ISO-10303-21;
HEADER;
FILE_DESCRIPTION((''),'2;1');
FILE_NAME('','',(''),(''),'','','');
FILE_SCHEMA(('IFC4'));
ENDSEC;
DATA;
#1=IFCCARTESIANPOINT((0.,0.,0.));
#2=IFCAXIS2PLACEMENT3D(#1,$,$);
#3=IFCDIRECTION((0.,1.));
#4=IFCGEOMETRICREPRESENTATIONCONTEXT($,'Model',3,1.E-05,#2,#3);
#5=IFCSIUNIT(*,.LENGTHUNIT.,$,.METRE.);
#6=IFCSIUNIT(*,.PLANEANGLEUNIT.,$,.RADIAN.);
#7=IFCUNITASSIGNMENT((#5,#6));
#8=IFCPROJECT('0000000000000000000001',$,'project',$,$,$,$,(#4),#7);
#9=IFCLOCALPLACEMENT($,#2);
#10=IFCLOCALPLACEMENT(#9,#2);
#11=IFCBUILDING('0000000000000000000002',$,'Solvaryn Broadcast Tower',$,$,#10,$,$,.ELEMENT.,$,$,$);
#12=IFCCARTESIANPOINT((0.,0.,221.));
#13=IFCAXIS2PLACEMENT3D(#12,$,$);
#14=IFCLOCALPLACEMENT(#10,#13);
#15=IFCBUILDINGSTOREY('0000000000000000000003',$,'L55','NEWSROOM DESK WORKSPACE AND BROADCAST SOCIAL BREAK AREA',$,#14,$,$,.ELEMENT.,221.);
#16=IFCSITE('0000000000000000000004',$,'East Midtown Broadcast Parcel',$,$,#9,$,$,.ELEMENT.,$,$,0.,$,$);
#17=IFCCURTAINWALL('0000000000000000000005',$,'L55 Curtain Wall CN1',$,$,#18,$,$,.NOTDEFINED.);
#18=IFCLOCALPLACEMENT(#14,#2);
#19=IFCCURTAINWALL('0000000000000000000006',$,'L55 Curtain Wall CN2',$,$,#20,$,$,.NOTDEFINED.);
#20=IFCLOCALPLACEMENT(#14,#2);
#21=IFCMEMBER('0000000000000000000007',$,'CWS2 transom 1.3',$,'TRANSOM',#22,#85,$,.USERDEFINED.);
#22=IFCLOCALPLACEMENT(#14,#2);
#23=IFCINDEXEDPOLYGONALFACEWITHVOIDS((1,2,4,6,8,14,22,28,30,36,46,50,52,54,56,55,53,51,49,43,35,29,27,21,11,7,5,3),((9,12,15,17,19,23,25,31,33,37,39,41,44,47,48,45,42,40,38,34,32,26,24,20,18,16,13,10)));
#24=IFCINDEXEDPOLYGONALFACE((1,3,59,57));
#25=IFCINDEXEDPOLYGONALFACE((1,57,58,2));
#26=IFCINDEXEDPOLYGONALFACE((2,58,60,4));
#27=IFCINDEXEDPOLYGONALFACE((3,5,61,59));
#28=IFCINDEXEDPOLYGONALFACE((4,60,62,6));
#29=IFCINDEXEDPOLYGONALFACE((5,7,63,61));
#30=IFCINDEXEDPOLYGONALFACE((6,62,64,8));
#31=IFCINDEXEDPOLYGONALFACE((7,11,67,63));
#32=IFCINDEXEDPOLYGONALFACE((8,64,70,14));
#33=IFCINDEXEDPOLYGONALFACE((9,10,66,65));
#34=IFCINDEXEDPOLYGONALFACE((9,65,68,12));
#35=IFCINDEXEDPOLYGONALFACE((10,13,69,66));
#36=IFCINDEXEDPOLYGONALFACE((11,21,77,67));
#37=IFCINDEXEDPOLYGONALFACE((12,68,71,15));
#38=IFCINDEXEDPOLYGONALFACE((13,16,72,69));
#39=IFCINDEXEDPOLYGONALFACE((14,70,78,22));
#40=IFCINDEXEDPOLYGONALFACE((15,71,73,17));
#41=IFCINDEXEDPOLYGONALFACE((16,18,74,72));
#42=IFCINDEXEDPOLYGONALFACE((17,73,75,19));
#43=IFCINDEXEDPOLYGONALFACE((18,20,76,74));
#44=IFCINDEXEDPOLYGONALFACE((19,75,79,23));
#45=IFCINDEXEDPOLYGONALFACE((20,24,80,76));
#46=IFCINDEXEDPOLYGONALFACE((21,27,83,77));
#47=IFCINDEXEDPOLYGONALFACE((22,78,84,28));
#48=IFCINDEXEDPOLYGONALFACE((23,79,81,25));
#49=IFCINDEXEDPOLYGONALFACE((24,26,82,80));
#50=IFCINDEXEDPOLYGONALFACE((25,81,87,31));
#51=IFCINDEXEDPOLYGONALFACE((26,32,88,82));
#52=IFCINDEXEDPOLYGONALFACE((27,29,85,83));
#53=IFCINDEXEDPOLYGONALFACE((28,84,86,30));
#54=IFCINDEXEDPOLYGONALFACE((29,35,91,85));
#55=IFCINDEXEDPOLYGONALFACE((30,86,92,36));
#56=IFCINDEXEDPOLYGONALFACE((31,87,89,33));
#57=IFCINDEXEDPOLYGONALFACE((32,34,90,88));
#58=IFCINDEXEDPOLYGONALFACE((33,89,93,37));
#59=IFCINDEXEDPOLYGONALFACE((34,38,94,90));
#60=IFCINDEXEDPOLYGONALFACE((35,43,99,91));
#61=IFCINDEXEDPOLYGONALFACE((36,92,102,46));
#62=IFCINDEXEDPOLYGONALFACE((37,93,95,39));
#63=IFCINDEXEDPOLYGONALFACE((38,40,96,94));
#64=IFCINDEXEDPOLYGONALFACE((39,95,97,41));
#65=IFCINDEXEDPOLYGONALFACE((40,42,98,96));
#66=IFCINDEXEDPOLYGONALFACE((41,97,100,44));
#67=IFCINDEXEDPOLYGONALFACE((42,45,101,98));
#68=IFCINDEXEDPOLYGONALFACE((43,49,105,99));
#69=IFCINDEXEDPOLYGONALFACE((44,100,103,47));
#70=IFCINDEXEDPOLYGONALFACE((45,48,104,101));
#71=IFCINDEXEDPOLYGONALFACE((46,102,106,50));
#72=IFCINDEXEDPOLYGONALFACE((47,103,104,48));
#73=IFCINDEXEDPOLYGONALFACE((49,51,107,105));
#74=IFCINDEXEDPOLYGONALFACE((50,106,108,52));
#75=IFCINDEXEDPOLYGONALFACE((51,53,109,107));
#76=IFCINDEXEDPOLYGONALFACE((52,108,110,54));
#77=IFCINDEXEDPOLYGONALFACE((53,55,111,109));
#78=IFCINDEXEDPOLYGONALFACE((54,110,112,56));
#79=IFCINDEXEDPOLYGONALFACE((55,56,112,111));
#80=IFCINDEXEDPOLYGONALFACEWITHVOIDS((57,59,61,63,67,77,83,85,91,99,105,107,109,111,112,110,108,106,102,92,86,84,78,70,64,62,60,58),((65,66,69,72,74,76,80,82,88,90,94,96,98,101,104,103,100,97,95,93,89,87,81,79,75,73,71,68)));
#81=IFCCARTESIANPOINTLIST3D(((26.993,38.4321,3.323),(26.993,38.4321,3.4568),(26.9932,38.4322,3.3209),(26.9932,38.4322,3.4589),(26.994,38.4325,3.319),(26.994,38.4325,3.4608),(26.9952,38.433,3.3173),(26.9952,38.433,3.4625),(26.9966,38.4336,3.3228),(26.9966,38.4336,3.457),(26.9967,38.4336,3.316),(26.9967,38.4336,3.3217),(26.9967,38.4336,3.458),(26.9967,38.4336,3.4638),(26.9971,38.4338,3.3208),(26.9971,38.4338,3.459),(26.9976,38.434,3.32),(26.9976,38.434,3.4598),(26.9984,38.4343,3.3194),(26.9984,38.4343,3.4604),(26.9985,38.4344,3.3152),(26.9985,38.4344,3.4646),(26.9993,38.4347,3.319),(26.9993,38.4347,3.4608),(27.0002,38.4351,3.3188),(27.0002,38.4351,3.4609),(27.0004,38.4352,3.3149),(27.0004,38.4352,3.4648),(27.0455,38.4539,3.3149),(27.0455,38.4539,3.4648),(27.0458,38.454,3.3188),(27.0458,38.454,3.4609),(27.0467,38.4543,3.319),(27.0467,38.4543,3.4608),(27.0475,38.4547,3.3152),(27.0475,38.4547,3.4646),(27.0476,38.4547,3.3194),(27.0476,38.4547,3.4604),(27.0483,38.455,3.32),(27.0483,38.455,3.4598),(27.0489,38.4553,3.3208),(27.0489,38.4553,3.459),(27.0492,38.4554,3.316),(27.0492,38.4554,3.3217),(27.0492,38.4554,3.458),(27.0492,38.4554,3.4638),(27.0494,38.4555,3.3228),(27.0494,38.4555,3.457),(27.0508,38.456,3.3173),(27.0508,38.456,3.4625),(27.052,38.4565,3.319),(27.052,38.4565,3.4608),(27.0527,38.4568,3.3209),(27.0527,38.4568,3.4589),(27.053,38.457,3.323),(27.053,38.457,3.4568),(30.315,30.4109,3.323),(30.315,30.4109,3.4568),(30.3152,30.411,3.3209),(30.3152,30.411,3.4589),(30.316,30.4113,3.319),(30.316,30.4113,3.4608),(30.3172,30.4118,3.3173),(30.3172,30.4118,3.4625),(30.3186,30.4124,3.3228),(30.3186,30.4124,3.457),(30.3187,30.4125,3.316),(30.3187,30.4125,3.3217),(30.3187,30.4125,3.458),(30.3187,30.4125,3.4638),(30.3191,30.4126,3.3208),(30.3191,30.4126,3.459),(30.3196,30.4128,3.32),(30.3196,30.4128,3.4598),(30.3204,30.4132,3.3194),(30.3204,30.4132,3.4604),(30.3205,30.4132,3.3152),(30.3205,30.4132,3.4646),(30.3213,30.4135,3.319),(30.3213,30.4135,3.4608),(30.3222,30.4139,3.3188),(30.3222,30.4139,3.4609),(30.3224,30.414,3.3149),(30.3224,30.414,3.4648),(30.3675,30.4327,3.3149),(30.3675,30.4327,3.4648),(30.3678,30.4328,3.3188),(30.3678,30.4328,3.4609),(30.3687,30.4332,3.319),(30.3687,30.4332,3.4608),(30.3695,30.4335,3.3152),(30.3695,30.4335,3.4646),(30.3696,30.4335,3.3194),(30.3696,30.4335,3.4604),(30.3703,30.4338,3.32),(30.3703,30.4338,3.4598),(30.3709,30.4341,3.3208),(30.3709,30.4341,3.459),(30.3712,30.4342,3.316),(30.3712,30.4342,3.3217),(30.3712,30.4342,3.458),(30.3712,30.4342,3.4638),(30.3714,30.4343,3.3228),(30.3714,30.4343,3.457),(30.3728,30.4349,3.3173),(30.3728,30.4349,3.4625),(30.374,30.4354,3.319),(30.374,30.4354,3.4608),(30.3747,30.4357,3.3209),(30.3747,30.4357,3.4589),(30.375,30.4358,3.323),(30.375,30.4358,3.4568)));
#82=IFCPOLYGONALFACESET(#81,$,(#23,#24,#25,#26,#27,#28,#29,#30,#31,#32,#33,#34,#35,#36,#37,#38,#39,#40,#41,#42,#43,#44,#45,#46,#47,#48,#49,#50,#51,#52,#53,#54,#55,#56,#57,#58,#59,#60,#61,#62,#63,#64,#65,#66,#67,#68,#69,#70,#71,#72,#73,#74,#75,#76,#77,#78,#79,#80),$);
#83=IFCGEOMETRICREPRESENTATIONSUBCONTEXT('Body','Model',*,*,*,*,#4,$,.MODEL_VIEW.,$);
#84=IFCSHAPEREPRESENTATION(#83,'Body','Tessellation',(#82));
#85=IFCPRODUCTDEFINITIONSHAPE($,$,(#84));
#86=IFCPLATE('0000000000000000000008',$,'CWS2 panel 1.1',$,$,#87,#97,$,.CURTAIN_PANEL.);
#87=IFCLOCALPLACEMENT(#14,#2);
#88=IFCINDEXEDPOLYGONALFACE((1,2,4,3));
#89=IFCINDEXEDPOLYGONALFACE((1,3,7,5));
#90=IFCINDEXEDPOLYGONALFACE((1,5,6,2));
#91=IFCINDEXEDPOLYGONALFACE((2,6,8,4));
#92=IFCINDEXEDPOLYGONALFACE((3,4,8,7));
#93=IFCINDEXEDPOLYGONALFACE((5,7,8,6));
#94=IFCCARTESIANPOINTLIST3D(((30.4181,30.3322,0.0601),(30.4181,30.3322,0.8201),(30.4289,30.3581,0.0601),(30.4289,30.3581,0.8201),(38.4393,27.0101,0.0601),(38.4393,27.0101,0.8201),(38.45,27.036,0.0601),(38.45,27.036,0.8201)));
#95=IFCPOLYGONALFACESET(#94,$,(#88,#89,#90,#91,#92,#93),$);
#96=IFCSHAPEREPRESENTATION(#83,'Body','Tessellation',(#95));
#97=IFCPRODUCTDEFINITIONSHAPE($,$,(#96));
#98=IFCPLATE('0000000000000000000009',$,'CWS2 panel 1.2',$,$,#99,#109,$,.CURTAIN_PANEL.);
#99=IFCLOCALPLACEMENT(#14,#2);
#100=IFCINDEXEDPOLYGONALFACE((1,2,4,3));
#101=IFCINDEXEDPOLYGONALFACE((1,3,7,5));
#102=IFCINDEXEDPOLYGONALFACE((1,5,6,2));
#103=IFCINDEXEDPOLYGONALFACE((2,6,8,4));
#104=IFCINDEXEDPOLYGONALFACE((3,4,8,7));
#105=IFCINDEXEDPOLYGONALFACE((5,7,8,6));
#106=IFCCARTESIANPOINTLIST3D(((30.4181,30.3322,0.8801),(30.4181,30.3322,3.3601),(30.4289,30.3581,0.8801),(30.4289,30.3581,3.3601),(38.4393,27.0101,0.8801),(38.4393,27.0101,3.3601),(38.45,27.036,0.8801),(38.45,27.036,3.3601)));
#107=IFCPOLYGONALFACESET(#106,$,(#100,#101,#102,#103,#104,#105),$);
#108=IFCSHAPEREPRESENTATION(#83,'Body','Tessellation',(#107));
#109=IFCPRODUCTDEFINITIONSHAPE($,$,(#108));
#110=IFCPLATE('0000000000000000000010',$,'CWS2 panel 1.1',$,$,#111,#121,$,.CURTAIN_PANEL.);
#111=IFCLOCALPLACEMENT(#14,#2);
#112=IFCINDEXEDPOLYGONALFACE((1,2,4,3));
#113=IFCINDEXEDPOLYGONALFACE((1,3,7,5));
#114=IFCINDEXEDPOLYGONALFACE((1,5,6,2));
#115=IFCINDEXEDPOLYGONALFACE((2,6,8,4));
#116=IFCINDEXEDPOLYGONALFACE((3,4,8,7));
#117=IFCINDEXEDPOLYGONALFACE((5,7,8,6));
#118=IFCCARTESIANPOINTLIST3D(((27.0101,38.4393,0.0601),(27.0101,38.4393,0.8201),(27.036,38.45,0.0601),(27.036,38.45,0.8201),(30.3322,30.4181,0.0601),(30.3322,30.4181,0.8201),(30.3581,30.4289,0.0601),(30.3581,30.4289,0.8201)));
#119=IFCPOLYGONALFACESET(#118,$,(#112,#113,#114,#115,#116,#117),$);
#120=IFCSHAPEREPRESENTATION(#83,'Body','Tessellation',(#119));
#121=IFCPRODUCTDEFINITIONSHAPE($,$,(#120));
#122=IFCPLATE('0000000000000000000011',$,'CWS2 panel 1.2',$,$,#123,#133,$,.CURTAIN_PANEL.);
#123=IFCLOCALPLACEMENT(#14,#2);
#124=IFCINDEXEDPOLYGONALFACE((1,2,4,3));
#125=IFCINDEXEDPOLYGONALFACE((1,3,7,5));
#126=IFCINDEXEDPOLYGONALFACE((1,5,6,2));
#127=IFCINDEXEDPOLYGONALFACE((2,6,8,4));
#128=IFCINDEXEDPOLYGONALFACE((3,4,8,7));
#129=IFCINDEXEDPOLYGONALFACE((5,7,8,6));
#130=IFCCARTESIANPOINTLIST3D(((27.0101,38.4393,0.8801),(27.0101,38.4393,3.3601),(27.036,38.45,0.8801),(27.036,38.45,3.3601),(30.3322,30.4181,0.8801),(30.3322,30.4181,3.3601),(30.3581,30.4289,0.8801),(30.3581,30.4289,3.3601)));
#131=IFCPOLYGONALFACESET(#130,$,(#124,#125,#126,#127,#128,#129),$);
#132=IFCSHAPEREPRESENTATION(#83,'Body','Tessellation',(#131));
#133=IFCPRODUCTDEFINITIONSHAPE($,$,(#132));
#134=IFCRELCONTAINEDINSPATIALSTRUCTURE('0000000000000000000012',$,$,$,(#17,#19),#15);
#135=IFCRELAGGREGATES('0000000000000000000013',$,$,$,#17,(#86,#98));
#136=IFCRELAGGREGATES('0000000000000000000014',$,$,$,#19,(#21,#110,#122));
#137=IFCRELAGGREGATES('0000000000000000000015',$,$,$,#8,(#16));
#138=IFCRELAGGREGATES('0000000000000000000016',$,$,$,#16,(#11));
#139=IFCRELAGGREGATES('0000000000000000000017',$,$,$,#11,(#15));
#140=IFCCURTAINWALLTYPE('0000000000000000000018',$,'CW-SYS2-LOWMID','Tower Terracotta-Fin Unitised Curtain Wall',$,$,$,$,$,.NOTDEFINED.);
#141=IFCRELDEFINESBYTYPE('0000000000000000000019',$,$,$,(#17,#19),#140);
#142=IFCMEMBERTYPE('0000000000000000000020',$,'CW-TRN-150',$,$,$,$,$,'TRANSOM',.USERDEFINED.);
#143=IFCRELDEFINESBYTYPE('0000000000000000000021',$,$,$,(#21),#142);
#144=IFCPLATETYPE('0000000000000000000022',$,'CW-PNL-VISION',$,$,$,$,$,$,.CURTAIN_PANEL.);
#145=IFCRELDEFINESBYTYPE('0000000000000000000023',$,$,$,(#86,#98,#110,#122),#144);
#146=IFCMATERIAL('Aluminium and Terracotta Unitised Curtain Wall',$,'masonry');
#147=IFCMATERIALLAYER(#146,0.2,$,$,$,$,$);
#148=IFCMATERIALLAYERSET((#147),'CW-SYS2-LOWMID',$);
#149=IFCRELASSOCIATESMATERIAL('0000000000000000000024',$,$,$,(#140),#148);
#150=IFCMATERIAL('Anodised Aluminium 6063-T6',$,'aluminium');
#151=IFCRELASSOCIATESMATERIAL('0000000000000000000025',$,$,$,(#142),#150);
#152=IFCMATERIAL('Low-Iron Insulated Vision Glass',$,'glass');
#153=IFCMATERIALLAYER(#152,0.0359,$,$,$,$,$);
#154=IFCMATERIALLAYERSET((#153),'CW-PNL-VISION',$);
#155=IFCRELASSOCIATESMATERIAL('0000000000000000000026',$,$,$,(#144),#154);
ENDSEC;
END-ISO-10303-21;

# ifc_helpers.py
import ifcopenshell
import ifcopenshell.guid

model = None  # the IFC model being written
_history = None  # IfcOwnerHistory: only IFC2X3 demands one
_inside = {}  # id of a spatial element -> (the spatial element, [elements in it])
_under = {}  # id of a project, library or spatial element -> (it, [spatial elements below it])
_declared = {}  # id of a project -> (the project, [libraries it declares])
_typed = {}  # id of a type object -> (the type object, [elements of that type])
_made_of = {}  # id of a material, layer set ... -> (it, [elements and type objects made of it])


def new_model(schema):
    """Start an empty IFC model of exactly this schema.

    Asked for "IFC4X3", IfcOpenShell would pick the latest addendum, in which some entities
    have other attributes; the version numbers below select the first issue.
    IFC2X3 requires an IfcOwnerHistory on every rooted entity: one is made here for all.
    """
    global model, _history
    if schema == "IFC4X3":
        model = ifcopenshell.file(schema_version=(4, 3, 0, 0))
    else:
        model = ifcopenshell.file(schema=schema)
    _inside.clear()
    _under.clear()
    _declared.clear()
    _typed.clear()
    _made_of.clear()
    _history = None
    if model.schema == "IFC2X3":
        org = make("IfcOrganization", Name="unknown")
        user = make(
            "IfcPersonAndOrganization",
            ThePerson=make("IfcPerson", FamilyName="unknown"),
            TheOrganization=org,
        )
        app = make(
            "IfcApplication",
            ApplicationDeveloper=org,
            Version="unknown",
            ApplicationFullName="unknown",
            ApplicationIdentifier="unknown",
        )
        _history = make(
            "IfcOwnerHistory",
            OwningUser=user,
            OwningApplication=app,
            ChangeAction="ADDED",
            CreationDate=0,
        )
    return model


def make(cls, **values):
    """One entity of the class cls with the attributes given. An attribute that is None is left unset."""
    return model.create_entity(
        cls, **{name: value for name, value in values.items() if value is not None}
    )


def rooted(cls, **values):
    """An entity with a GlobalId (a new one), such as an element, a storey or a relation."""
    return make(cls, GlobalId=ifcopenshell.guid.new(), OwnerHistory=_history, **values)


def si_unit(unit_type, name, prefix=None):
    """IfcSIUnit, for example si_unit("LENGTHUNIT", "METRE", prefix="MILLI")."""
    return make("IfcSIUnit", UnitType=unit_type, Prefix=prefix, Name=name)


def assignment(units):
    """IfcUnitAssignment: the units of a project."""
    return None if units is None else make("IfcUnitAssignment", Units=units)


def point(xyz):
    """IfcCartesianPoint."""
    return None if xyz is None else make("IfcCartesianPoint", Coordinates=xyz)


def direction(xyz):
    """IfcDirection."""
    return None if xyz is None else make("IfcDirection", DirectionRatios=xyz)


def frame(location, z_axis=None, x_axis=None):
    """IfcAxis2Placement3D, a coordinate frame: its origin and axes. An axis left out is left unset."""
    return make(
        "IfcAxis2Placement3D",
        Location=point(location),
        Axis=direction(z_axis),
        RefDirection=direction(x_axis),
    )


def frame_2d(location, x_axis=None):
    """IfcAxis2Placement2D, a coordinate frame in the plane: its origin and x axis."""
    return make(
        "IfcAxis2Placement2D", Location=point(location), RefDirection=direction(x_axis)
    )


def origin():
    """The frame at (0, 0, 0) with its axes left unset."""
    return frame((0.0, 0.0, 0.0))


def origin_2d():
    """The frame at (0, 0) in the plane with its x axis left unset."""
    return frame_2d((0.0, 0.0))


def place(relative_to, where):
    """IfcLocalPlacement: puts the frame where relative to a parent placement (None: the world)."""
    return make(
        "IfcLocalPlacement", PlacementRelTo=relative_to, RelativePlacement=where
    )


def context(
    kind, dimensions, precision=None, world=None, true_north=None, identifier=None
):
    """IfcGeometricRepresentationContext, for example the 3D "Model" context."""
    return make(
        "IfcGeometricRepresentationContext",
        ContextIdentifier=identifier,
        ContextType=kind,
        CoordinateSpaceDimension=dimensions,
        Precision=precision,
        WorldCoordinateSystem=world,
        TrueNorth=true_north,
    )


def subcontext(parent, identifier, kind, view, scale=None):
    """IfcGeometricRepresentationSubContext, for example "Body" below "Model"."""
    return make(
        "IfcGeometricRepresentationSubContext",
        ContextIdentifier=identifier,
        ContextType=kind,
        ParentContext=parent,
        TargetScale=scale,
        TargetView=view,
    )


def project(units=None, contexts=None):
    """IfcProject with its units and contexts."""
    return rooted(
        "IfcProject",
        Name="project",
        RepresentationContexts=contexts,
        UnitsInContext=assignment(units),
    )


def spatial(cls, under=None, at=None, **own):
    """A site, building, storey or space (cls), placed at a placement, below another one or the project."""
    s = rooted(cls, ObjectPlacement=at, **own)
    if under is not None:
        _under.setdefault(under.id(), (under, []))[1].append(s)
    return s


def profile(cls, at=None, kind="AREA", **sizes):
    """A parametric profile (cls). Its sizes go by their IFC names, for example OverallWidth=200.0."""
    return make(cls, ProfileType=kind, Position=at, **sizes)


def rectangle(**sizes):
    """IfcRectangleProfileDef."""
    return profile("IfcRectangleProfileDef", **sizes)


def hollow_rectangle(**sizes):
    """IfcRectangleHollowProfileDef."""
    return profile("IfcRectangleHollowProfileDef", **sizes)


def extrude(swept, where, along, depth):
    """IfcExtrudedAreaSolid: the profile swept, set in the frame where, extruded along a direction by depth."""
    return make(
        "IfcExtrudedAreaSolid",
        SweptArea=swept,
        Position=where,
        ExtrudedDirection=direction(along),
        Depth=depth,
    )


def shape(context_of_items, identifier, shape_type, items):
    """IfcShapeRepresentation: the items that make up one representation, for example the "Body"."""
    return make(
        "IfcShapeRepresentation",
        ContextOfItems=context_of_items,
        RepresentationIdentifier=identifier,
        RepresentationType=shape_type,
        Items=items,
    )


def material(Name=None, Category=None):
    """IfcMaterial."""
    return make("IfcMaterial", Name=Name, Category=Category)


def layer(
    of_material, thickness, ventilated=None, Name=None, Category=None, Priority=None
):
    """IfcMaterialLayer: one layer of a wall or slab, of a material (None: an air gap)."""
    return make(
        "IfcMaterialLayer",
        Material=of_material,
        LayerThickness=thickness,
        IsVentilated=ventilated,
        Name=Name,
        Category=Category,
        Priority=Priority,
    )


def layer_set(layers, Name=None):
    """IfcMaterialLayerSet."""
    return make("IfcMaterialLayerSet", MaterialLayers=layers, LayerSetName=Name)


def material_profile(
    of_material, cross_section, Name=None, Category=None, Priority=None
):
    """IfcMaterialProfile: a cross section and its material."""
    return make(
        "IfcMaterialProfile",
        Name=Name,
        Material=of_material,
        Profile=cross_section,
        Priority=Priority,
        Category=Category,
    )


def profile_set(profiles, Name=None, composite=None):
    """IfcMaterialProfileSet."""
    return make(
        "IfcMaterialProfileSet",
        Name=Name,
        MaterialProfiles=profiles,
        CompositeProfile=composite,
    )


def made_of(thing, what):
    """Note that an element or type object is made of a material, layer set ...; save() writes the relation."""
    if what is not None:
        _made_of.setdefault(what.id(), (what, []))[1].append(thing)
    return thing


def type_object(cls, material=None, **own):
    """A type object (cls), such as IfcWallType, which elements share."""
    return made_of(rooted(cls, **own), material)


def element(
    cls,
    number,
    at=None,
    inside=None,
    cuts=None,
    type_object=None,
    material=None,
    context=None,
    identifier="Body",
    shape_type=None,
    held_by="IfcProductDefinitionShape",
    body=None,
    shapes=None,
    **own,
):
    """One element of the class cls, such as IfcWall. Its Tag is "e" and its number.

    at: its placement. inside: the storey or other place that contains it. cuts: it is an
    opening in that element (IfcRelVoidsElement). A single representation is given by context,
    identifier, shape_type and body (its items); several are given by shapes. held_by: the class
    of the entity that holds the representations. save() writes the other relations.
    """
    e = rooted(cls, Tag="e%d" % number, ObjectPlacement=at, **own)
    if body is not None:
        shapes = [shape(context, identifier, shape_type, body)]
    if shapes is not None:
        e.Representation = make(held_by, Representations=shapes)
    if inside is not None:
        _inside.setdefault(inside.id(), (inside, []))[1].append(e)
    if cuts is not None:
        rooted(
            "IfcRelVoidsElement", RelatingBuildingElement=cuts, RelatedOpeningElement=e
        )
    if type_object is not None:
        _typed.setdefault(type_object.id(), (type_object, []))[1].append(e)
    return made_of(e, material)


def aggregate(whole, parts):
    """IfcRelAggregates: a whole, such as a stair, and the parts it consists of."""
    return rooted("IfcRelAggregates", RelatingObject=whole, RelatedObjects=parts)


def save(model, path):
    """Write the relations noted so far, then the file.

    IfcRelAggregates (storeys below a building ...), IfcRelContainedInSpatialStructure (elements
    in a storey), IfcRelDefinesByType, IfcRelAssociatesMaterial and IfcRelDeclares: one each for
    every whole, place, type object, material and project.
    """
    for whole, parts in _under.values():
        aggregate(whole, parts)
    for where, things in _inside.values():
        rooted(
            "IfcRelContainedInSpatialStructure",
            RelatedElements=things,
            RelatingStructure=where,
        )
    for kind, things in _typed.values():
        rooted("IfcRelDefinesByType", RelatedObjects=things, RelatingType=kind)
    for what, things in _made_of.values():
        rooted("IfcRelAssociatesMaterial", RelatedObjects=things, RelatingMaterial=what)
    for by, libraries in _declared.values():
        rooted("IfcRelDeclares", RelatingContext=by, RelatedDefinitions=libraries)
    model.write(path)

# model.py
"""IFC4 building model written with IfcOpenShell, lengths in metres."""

from ifc_helpers import new_model, si_unit, direction, frame, origin, origin_2d, place, context, subcontext, project, spatial, rectangle, hollow_rectangle, extrude, material, layer, layer_set, material_profile, profile_set, type_object, element, aggregate, save


model = new_model("IFC4")

# Units and contexts
model_context = context("Model", 3, precision=1e-05, world=origin(), true_north=direction((0.0, 1.0)))
body_context = subcontext(model_context, "Body", "Model", "MODEL_VIEW")
ifc_project = project(units=[si_unit("LENGTHUNIT", "METRE"), si_unit("PLANEANGLEUNIT", "RADIAN")], contexts=[model_context])

# Site, building, storey
site_placement = place(None, origin())
site = spatial("IfcSite", under=ifc_project, at=site_placement, Name="East Midtown Broadcast Parcel", CompositionType="ELEMENT", RefElevation=0.0)
building_placement = place(site_placement, origin())
building = spatial("IfcBuilding", under=site, at=building_placement, Name="Solvaryn Broadcast Tower", CompositionType="ELEMENT")
storey_placement = place(building_placement, frame((0.0, 0.0, 221.0)))
storey = spatial("IfcBuildingStorey", under=building, at=storey_placement, Name="L55", Description="NEWSROOM DESK WORKSPACE AND BROADCAST SOCIAL BREAK AREA", CompositionType="ELEMENT", Elevation=221.0)

# Curtain wall
ifc_material_1 = material(Name="Aluminium and Terracotta Unitised Curtain Wall", Category="masonry")
ifc_layer_1 = layer(ifc_material_1, 0.2)
ifc_layer_set_1 = layer_set([ifc_layer_1], Name="CW-SYS2-LOWMID")
curtain_wall_type = type_object("IfcCurtainWallType", Name="CW-SYS2-LOWMID", Description="Tower Terracotta-Fin Unitised Curtain Wall", PredefinedType="NOTDEFINED", material=ifc_layer_set_1)
curtain_wall_1_placement = place(storey_placement, origin())
curtain_wall_1 = element("IfcCurtainWall", 1, at=curtain_wall_1_placement, inside=storey, type_object=curtain_wall_type, Name="L55 Curtain Wall CN1", PredefinedType="NOTDEFINED")

# Curtain wall, member
curtain_wall_2_placement = place(storey_placement, origin())
curtain_wall_2 = element("IfcCurtainWall", 2, at=curtain_wall_2_placement, inside=storey, type_object=curtain_wall_type, Name="L55 Curtain Wall CN2", PredefinedType="NOTDEFINED")
ifc_material_2 = material(Name="Anodised Aluminium 6063-T6", Category="aluminium")
ifc_material_profile_1 = material_profile(ifc_material_2, hollow_rectangle(XDim=0.0649, YDim=0.1499, WallThickness=0.0039, InnerFilletRadius=0.0039, OuterFilletRadius=0.0081, at=origin_2d()))
ifc_profile_set_1 = profile_set([ifc_material_profile_1], Name="Anodised Aluminium 6063-T6")
member_type_1 = type_object("IfcMemberType", Name="CW-TRN-150", ElementType="TRANSOM", PredefinedType="USERDEFINED", material=ifc_profile_set_1)
member_1_placement = place(storey_placement, frame((30.345, 30.4233, 3.3899), z_axis=(-0.382636, 0.923899, 0.0), x_axis=(-0.923899, -0.382636, 0.0)))
member_1 = element("IfcMember", 3, at=member_1_placement, type_object=member_type_1, Name="CWS2 transom 1.3", ObjectType="TRANSOM", PredefinedType="USERDEFINED", context=body_context, shape_type="SweptSolid", body=[
    extrude(hollow_rectangle(XDim=0.0649, YDim=0.1499, WallThickness=0.0039, InnerFilletRadius=0.0039, OuterFilletRadius=0.0081, at=origin_2d()), origin(), (0.0, 0.0, 1.0), 8.6819),
])

# Plates
ifc_material_3 = material(Name="Low-Iron Insulated Vision Glass", Category="glass")
ifc_layer_2 = layer(ifc_material_3, 0.0359)
ifc_layer_set_2 = layer_set([ifc_layer_2], Name="CW-PNL-VISION")
plate_type = type_object("IfcPlateType", Name="CW-PNL-VISION", PredefinedType="CURTAIN_PANEL", material=ifc_layer_set_2)
plate_1_placement = place(storey_placement, frame((34.4341, 28.6841, 0.0601), z_axis=(0.0, 0.0, 1.0), x_axis=(-0.923895, 0.382646, 0.0)))
plate_1 = element("IfcPlate", 4, at=plate_1_placement, type_object=plate_type, Name="CWS2 panel 1.1", PredefinedType="CURTAIN_PANEL", context=body_context, shape_type="SweptSolid", body=[
    extrude(rectangle(XDim=8.6819, YDim=0.0281, at=origin_2d()), origin(), (0.0, 0.0, 1.0), 0.76),
])
plate_2_placement = place(storey_placement, frame((34.4341, 28.6841, 0.8801), z_axis=(0.0, 0.0, 1.0), x_axis=(-0.923895, 0.382646, 0.0)))
plate_2 = element("IfcPlate", 5, at=plate_2_placement, type_object=plate_type, Name="CWS2 panel 1.2", PredefinedType="CURTAIN_PANEL", context=body_context, shape_type="SweptSolid", body=[
    extrude(rectangle(XDim=8.6819, YDim=0.0281, at=origin_2d()), origin(), (0.0, 0.0, 1.0), 2.48),
])
aggregate(curtain_wall_1, [plate_1, plate_2])
plate_3_placement = place(storey_placement, frame((28.6841, 34.4341, 0.0601), z_axis=(0.0, 0.0, 1.0), x_axis=(-0.382646, 0.923895, 0.0)))
plate_3 = element("IfcPlate", 6, at=plate_3_placement, type_object=plate_type, Name="CWS2 panel 1.1", PredefinedType="CURTAIN_PANEL", context=body_context, shape_type="SweptSolid", body=[
    extrude(rectangle(XDim=8.6819, YDim=0.0281, at=origin_2d()), origin(), (0.0, 0.0, 1.0), 0.76),
])
plate_4_placement = place(storey_placement, frame((28.6841, 34.4341, 0.8801), z_axis=(0.0, 0.0, 1.0), x_axis=(-0.382646, 0.923895, 0.0)))
plate_4 = element("IfcPlate", 7, at=plate_4_placement, type_object=plate_type, Name="CWS2 panel 1.2", PredefinedType="CURTAIN_PANEL", context=body_context, shape_type="SweptSolid", body=[
    extrude(rectangle(XDim=8.6819, YDim=0.0281, at=origin_2d()), origin(), (0.0, 0.0, 1.0), 2.48),
])
aggregate(curtain_wall_2, [member_1, plate_3, plate_4])

save(model, "model.ifc")
